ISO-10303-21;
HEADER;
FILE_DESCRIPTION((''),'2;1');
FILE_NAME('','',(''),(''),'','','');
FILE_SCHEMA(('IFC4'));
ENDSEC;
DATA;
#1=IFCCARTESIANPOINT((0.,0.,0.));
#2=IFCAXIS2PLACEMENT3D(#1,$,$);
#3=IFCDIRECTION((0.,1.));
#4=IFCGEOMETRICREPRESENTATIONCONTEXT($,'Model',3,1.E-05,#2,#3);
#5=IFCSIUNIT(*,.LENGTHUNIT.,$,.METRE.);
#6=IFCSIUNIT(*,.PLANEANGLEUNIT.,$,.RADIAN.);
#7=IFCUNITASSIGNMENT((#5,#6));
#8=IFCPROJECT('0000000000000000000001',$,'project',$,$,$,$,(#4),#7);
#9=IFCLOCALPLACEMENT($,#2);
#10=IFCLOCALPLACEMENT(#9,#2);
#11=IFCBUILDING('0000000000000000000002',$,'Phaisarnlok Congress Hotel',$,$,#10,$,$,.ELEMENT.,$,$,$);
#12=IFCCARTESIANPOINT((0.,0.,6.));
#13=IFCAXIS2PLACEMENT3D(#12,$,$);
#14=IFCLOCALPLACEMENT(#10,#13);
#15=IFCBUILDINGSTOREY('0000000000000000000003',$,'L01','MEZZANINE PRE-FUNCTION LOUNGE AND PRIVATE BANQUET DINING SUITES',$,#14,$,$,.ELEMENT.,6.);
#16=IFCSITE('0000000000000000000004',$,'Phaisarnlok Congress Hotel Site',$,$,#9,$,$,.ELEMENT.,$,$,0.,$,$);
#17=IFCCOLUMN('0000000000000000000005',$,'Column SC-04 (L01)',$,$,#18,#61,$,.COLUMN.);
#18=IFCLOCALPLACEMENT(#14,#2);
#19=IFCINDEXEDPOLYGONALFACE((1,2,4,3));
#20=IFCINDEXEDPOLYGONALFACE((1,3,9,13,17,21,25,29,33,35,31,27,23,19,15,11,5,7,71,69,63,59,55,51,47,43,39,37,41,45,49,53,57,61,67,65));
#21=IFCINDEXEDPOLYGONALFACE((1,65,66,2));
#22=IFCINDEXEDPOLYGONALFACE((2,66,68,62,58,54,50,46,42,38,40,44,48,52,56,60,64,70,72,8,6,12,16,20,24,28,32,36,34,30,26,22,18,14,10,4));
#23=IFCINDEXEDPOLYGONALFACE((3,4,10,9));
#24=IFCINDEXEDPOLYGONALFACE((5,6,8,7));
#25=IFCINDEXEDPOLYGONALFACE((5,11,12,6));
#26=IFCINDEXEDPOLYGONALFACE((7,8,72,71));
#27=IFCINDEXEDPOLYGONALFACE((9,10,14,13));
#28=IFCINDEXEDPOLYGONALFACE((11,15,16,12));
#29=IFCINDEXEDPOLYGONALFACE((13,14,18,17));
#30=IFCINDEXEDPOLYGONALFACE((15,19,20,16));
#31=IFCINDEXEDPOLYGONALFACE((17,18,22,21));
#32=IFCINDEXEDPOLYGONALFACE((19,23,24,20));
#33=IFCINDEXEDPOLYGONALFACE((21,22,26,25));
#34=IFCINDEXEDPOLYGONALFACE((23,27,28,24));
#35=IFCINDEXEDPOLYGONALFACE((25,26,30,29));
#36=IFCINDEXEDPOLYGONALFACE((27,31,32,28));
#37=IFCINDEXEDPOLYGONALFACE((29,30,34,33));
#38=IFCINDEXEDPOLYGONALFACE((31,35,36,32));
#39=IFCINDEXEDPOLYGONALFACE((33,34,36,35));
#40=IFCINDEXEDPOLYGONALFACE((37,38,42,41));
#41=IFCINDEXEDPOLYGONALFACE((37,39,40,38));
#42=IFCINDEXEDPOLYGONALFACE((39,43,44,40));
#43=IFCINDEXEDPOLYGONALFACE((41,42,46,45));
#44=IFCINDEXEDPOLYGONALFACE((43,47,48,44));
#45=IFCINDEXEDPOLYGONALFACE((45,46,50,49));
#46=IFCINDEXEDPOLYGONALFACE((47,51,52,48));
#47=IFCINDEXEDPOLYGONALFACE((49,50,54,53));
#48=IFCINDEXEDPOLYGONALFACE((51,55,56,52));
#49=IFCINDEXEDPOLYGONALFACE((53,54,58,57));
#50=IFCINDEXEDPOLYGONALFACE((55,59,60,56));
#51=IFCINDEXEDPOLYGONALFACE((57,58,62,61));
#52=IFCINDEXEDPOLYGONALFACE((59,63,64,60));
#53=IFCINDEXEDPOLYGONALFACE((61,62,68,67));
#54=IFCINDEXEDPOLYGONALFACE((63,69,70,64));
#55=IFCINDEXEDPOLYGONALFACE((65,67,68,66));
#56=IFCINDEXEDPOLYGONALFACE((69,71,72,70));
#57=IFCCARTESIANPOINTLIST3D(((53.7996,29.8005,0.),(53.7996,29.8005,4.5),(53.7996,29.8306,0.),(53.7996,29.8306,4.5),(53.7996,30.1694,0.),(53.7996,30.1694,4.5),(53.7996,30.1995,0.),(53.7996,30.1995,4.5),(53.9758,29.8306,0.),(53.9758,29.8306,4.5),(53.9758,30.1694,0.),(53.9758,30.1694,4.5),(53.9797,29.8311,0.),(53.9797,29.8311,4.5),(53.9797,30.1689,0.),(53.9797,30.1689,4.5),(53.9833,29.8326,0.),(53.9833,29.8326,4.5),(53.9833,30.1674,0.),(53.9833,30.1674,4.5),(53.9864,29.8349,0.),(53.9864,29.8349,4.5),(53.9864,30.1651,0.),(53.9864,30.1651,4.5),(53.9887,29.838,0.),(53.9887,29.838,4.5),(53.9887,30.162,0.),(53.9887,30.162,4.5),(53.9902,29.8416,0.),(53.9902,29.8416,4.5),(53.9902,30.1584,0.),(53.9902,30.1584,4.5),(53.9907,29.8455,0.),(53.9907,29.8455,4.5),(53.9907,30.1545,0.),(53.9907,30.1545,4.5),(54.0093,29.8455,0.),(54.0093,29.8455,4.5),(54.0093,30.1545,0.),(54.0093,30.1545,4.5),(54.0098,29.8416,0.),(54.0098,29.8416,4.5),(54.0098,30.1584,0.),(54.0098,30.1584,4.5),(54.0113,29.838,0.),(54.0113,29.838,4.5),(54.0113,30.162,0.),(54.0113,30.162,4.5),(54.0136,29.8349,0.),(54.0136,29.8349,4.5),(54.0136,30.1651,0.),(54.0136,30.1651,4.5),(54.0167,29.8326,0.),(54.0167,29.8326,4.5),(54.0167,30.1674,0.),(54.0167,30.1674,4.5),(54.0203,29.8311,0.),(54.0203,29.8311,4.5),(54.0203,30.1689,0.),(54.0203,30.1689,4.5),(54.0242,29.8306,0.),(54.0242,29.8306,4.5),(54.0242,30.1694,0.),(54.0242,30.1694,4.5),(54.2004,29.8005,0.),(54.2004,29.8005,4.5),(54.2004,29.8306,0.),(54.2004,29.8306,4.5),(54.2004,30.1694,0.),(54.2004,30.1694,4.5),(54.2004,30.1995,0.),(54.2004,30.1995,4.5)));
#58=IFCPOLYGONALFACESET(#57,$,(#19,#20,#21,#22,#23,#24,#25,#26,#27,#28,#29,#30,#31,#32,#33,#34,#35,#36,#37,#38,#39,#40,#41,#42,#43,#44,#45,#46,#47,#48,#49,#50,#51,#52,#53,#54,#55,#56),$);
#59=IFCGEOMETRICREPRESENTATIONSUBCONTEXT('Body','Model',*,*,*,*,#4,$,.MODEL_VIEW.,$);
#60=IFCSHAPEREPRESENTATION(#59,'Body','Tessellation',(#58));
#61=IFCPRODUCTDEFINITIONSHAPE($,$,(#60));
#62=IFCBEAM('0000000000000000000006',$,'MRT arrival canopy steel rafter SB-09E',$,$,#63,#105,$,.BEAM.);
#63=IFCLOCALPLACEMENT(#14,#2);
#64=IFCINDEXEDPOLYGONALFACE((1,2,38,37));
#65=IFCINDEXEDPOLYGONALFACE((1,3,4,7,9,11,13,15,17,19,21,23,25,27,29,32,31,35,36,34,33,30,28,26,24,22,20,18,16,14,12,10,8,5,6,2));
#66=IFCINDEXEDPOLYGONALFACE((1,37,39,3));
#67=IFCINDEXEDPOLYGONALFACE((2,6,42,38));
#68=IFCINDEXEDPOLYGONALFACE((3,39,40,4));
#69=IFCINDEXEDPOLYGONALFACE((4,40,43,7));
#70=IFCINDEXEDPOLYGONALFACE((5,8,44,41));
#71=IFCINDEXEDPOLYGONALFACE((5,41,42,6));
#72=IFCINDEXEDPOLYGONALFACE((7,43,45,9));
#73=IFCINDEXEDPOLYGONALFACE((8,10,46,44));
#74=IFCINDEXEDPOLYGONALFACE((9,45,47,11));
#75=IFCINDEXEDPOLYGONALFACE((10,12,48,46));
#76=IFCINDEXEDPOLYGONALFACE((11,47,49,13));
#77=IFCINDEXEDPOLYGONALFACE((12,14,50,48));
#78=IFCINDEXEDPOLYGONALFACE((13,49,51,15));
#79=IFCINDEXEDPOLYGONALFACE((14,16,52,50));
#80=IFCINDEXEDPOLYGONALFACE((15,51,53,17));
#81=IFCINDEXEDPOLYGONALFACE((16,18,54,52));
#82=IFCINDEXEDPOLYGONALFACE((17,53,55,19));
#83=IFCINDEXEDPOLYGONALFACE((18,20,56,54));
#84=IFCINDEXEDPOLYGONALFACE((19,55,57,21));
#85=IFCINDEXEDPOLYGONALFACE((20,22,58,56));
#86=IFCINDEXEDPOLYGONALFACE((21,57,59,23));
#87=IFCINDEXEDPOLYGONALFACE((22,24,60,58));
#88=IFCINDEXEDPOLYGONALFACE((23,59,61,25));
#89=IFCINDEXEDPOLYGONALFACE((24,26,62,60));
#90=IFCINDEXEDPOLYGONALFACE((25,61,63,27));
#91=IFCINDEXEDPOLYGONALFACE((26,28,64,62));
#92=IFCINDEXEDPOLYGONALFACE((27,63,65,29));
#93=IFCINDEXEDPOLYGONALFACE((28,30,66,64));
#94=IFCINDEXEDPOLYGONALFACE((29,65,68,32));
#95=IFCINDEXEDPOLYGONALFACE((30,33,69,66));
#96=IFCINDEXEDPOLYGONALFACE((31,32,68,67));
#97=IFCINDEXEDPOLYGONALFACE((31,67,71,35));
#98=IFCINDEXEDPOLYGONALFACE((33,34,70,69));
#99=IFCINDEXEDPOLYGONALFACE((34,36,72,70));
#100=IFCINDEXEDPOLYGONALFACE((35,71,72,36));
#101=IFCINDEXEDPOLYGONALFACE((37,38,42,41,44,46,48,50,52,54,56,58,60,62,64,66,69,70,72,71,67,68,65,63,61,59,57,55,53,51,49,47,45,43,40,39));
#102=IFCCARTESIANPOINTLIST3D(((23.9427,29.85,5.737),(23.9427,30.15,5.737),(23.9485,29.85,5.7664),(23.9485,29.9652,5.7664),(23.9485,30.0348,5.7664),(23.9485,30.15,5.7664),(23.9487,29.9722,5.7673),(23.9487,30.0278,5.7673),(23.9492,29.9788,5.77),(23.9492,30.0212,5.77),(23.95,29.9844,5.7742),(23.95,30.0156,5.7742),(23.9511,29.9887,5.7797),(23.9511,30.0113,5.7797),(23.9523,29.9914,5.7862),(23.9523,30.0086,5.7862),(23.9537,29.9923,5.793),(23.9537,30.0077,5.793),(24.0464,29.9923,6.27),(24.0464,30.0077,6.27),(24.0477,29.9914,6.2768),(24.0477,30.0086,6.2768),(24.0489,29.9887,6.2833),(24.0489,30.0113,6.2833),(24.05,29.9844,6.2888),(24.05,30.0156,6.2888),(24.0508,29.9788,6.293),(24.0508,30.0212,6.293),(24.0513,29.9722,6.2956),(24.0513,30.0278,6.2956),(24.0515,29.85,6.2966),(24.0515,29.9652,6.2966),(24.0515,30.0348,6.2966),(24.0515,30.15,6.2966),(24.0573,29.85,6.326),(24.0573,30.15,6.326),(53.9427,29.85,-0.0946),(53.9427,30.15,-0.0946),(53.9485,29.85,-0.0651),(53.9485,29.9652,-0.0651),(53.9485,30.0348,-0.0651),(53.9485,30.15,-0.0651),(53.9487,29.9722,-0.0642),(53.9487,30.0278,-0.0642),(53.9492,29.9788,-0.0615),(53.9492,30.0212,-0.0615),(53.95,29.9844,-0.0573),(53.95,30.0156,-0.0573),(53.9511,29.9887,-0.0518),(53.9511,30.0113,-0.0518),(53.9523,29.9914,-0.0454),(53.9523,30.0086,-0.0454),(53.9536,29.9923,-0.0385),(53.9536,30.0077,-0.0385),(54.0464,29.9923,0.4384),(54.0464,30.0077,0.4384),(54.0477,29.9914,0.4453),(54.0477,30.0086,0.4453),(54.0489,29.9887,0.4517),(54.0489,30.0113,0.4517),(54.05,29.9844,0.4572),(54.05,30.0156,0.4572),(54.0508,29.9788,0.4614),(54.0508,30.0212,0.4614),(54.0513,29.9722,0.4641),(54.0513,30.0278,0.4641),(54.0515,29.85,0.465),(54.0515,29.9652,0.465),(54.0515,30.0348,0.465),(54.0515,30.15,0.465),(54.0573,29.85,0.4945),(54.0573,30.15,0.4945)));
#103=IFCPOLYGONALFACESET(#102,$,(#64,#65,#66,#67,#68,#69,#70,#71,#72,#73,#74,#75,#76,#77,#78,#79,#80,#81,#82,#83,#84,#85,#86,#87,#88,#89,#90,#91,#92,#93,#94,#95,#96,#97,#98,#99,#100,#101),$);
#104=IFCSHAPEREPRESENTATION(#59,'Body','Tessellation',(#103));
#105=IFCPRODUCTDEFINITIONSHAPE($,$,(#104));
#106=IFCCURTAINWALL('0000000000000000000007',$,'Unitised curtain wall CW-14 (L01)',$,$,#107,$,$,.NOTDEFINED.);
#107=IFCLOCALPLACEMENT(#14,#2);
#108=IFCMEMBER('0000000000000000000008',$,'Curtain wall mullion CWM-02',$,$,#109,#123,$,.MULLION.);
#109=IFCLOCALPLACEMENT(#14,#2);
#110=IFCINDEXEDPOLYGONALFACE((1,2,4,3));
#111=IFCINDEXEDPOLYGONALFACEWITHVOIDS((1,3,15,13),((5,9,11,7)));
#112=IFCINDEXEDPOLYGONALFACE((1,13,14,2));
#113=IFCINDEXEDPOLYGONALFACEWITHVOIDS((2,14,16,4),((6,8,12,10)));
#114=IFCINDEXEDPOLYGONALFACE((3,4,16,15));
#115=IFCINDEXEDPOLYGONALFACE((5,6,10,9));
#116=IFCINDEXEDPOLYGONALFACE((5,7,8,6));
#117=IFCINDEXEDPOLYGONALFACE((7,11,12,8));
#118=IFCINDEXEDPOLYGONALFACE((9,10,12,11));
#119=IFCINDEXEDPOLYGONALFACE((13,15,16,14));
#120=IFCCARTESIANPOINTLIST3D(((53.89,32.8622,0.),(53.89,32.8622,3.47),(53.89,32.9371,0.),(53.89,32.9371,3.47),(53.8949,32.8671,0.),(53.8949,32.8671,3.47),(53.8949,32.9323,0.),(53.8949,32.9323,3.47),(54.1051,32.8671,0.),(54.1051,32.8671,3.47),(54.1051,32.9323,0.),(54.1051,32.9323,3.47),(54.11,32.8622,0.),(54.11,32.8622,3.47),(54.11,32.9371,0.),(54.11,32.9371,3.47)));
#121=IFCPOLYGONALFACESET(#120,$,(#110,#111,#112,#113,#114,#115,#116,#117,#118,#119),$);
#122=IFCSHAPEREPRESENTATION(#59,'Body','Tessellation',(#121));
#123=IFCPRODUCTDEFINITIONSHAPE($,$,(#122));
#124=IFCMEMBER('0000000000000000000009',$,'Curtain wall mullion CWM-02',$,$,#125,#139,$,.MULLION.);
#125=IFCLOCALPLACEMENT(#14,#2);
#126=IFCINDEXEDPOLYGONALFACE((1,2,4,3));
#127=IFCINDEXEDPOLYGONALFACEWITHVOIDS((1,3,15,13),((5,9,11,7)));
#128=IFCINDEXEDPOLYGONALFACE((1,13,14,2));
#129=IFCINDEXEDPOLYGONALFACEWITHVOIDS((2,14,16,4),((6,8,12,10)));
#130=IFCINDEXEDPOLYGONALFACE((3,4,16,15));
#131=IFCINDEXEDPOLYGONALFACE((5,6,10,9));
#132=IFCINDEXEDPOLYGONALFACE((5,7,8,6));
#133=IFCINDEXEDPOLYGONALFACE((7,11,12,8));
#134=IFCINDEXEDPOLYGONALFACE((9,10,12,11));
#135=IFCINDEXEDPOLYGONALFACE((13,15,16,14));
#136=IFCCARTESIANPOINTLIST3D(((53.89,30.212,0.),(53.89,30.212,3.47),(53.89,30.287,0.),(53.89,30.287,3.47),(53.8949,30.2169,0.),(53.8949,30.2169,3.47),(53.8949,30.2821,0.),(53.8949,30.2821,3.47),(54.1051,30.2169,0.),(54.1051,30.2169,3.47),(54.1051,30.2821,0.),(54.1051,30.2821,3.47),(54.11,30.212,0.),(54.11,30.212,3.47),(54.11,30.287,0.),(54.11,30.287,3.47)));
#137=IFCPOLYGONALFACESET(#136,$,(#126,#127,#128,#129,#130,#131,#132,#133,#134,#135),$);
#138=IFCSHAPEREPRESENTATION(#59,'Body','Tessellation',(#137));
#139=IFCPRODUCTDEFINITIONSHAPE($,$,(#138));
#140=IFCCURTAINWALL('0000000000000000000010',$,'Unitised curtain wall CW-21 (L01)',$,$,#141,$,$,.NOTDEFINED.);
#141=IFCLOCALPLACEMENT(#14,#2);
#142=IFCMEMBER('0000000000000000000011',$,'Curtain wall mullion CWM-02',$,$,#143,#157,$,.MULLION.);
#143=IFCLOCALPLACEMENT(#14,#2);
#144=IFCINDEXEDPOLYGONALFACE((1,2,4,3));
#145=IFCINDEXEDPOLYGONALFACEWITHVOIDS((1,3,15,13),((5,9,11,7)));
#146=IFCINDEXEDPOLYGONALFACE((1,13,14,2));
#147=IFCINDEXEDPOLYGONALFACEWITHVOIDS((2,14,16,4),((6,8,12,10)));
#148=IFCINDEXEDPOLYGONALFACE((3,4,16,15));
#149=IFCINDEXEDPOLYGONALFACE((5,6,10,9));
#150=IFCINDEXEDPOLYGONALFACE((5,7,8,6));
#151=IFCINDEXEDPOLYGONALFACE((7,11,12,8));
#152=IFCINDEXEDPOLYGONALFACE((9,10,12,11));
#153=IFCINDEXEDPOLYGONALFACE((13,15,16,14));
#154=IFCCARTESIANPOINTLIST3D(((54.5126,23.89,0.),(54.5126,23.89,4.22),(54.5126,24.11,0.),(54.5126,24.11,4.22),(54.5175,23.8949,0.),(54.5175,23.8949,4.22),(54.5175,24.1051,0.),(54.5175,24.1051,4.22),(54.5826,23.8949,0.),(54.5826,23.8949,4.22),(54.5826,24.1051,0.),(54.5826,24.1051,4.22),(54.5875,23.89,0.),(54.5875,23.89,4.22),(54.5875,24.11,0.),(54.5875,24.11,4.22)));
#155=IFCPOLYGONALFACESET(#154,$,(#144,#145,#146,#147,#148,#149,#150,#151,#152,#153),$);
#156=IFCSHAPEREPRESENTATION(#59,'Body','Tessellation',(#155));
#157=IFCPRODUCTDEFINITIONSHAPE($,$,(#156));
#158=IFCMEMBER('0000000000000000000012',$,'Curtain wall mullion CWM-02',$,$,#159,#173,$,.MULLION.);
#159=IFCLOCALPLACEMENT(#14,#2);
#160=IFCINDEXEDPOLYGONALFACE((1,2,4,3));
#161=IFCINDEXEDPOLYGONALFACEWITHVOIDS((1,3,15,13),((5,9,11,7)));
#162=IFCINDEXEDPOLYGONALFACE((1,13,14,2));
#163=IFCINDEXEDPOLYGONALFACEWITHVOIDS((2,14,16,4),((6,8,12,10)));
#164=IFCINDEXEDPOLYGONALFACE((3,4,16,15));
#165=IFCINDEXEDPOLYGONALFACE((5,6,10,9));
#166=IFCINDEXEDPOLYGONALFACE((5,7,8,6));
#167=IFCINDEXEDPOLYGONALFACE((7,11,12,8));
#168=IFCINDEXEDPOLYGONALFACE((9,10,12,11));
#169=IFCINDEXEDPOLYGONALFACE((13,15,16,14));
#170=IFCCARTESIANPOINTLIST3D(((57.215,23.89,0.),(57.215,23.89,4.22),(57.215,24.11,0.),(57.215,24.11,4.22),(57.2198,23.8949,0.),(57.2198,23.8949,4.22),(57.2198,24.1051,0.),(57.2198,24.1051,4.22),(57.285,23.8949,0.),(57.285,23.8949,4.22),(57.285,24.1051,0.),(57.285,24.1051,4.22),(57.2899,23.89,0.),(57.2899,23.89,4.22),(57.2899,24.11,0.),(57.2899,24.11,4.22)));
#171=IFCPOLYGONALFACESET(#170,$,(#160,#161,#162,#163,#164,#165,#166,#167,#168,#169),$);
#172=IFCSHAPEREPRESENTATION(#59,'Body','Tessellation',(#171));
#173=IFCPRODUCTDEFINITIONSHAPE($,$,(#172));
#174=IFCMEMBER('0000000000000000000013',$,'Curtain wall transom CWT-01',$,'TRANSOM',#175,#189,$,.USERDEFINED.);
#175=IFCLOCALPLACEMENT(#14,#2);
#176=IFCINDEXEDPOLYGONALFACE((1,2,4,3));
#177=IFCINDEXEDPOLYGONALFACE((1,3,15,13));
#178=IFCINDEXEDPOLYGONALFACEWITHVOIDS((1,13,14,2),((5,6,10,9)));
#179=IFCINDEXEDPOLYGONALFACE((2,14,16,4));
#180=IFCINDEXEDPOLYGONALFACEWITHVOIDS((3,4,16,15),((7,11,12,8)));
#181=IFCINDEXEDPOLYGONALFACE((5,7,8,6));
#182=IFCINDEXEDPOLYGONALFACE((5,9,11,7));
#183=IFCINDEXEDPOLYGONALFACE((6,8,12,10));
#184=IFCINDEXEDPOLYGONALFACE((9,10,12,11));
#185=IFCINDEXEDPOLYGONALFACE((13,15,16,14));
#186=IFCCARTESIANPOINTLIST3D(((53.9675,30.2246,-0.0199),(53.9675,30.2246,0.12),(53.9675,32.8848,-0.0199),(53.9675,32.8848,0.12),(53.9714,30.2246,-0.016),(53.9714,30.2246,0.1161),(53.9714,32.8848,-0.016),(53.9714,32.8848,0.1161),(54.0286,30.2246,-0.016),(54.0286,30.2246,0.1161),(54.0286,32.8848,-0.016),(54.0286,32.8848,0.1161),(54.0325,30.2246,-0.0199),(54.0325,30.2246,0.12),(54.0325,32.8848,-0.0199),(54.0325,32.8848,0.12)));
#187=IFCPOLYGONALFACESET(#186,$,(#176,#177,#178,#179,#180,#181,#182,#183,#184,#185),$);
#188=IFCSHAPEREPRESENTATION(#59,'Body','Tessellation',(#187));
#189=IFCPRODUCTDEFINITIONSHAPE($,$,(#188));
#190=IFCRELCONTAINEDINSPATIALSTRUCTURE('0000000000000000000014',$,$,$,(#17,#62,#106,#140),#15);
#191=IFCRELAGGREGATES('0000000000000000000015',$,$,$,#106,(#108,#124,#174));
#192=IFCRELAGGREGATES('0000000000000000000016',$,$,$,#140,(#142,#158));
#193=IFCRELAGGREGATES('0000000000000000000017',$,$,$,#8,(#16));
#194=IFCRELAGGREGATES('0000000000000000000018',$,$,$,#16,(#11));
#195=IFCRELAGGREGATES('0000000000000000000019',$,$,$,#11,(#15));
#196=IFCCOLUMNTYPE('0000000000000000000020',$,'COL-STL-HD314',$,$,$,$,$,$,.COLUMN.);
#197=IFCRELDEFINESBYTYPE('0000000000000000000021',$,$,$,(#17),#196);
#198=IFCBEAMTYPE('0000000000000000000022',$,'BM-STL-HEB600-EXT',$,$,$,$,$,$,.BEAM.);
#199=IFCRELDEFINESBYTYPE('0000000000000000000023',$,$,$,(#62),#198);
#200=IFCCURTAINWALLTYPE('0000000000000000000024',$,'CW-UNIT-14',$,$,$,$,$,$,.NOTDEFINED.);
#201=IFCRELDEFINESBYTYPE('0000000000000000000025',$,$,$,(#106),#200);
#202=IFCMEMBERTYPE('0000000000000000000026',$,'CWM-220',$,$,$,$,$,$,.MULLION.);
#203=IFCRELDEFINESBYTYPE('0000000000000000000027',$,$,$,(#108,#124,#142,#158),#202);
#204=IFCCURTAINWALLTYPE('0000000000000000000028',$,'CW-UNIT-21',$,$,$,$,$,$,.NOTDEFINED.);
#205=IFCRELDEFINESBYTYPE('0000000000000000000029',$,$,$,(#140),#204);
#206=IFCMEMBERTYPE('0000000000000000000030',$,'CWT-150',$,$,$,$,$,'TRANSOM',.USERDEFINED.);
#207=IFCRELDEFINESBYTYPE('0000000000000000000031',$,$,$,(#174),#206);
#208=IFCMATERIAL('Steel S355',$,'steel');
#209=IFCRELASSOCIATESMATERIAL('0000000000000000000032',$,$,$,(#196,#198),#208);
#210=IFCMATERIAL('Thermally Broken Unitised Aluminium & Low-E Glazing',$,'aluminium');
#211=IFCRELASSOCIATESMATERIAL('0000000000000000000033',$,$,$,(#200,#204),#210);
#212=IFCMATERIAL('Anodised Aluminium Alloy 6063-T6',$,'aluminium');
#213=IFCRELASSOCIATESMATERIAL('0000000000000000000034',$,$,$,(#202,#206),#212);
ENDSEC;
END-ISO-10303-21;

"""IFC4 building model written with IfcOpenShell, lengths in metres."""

from ifc_helpers import new_model, si_unit, direction, frame, origin, origin_2d, place, context, subcontext, project, spatial, hollow_rectangle, i_section, extrude, material, material_profile, profile_set, type_object, element, aggregate, save


model = new_model("IFC4")

# Units and contexts
model_context = context("Model", 3, precision=1e-05, world=origin(), true_north=direction((0.0, 1.0)))
body_context = subcontext(model_context, "Body", "Model", "MODEL_VIEW")
ifc_project = project(units=[si_unit("LENGTHUNIT", "METRE"), si_unit("PLANEANGLEUNIT", "RADIAN")], contexts=[model_context])

# Site, building, storey
site_placement = place(None, origin())
site = spatial("IfcSite", under=ifc_project, at=site_placement, Name="Phaisarnlok Congress Hotel Site", CompositionType="ELEMENT", RefElevation=0.0)
building_placement = place(site_placement, origin())
building = spatial("IfcBuilding", under=site, at=building_placement, Name="Phaisarnlok Congress Hotel", CompositionType="ELEMENT")
storey_placement = place(building_placement, frame((0.0, 0.0, 6.0)))
storey = spatial("IfcBuildingStorey", under=building, at=storey_placement, Name="L01", Description="MEZZANINE PRE-FUNCTION LOUNGE AND PRIVATE BANQUET DINING SUITES", CompositionType="ELEMENT", Elevation=6.0)

# Column
ifc_material_1 = material(Name="Steel S355", Category="steel")
ifc_material_profile_1 = material_profile(ifc_material_1, i_section(OverallWidth=0.4009, OverallDepth=0.3989, WebThickness=0.0186, FlangeThickness=0.03, FilletRadius=0.0149, at=origin_2d()), Name="HD 400x314")
ifc_profile_set_1 = profile_set([ifc_material_profile_1], Name="Steel S355")
column_type = type_object("IfcColumnType", Name="COL-STL-HD314", PredefinedType="COLUMN", material=ifc_profile_set_1)
column_placement = place(storey_placement, frame((54.0, 30.0, 0.0), z_axis=(0.0, 0.0, 1.0), x_axis=(1.0, 0.0, 0.0)))
element("IfcColumn", 1, at=column_placement, inside=storey, type_object=column_type, Name="Column SC-04 (L01)", PredefinedType="COLUMN", context=body_context, shape_type="SweptSolid", body=[
    extrude(i_section(OverallWidth=0.4009, OverallDepth=0.3989, WebThickness=0.0186, FlangeThickness=0.03, FilletRadius=0.0149, at=origin_2d()), origin(), (0.0, 0.0, 1.0), 4.5),
])

# Beam
ifc_material_profile_2 = material_profile(ifc_material_1, i_section(OverallWidth=0.3, OverallDepth=0.6001, WebThickness=0.0154, FlangeThickness=0.03, FilletRadius=0.0271, at=origin_2d()), Name="HEB 600")
ifc_profile_set_2 = profile_set([ifc_material_profile_2], Name="Steel S355")
beam_type_1 = type_object("IfcBeamType", Name="BM-STL-HEB600-EXT", PredefinedType="BEAM", material=ifc_profile_set_2)
beam_1_placement = place(storey_placement, frame((54.0, 30.0, 0.2), z_axis=(-0.981626, 0.0, 0.190813), x_axis=(0.0, -1.0, 0.0)))
element("IfcBeam", 2, at=beam_1_placement, inside=storey, type_object=beam_type_1, Name="MRT arrival canopy steel rafter SB-09E", PredefinedType="BEAM", context=body_context, shape_type="SweptSolid", body=[
    extrude(i_section(OverallWidth=0.3, OverallDepth=0.6001, WebThickness=0.0154, FlangeThickness=0.03, FilletRadius=0.0271, at=origin_2d()), origin(), (0.0, 0.0, 1.0), 30.5615),
])

# Curtain walls, members
ifc_material_2 = material(Name="Thermally Broken Unitised Aluminium & Low-E Glazing", Category="aluminium")
curtain_wall_type_1 = type_object("IfcCurtainWallType", Name="CW-UNIT-14", PredefinedType="NOTDEFINED", material=ifc_material_2)
curtain_wall_1_placement = place(storey_placement, origin())
curtain_wall_1 = element("IfcCurtainWall", 3, at=curtain_wall_1_placement, inside=storey, type_object=curtain_wall_type_1, Name="Unitised curtain wall CW-14 (L01)", PredefinedType="NOTDEFINED")
ifc_material_3 = material(Name="Anodised Aluminium Alloy 6063-T6", Category="aluminium")
ifc_material_profile_3 = material_profile(ifc_material_3, hollow_rectangle(XDim=0.075, YDim=0.22, WallThickness=0.0049, at=origin_2d()), Name="ALU-M 75x220x5")
ifc_profile_set_3 = profile_set([ifc_material_profile_3], Name="Anodised Aluminium Alloy 6063-T6")
member_type_1 = type_object("IfcMemberType", Name="CWM-220", PredefinedType="MULLION", material=ifc_profile_set_3)
member_1_placement = place(storey_placement, frame((54.0, 32.8997, 0.0), z_axis=(0.0, 0.0, 1.0), x_axis=(0.0, -1.0, 0.0)))
member_1 = element("IfcMember", 4, at=member_1_placement, type_object=member_type_1, Name="Curtain wall mullion CWM-02", PredefinedType="MULLION", context=body_context, shape_type="SweptSolid", body=[
    extrude(hollow_rectangle(XDim=0.075, YDim=0.22, WallThickness=0.0049, at=origin_2d()), origin(), (0.0, 0.0, 1.0), 3.47),
])
member_2_placement = place(storey_placement, frame((54.0, 30.2495, 0.0), z_axis=(0.0, 0.0, 1.0), x_axis=(0.0, -1.0, 0.0)))
member_2 = element("IfcMember", 5, at=member_2_placement, type_object=member_type_1, Name="Curtain wall mullion CWM-02", PredefinedType="MULLION", context=body_context, shape_type="SweptSolid", body=[
    extrude(hollow_rectangle(XDim=0.075, YDim=0.22, WallThickness=0.0049, at=origin_2d()), origin(), (0.0, 0.0, 1.0), 3.47),
])
curtain_wall_type_2 = type_object("IfcCurtainWallType", Name="CW-UNIT-21", PredefinedType="NOTDEFINED", material=ifc_material_2)
curtain_wall_2_placement = place(storey_placement, origin())
curtain_wall_2 = element("IfcCurtainWall", 6, at=curtain_wall_2_placement, inside=storey, type_object=curtain_wall_type_2, Name="Unitised curtain wall CW-21 (L01)", PredefinedType="NOTDEFINED")
member_3_placement = place(storey_placement, frame((54.55, 24.0, 0.0), z_axis=(0.0, 0.0, 1.0), x_axis=(1.0, 0.0, 0.0)))
member_3 = element("IfcMember", 7, at=member_3_placement, type_object=member_type_1, Name="Curtain wall mullion CWM-02", PredefinedType="MULLION", context=body_context, shape_type="SweptSolid", body=[
    extrude(hollow_rectangle(XDim=0.075, YDim=0.22, WallThickness=0.0049, at=origin_2d()), origin(), (0.0, 0.0, 1.0), 4.22),
])
member_4_placement = place(storey_placement, frame((57.2524, 24.0, 0.0), z_axis=(0.0, 0.0, 1.0), x_axis=(1.0, 0.0, 0.0)))
member_4 = element("IfcMember", 8, at=member_4_placement, type_object=member_type_1, Name="Curtain wall mullion CWM-02", PredefinedType="MULLION", context=body_context, shape_type="SweptSolid", body=[
    extrude(hollow_rectangle(XDim=0.075, YDim=0.22, WallThickness=0.0049, at=origin_2d()), origin(), (0.0, 0.0, 1.0), 4.22),
])

# Member
ifc_material_profile_4 = material_profile(ifc_material_3, hollow_rectangle(XDim=0.0649, YDim=0.1399, WallThickness=0.0039, at=origin_2d()), Name="ALU-T 65x140x4")
ifc_profile_set_4 = profile_set([ifc_material_profile_4], Name="Anodised Aluminium Alloy 6063-T6")
member_type_2 = type_object("IfcMemberType", Name="CWT-150", ElementType="TRANSOM", PredefinedType="USERDEFINED", material=ifc_profile_set_4)
member_5_placement = place(storey_placement, frame((54.0, 32.8848, 0.05), z_axis=(0.0, -1.0, 0.0), x_axis=(1.0, 0.0, 0.0)))
member_5 = element("IfcMember", 9, at=member_5_placement, type_object=member_type_2, Name="Curtain wall transom CWT-01", ObjectType="TRANSOM", PredefinedType="USERDEFINED", context=body_context, shape_type="SweptSolid", body=[
    extrude(hollow_rectangle(XDim=0.0649, YDim=0.1399, WallThickness=0.0039, at=origin_2d()), origin(), (0.0, 0.0, 1.0), 2.6602),
])

aggregate(curtain_wall_1, [member_1, member_2, member_5])
aggregate(curtain_wall_2, [member_3, member_4])

save(model, "model.ifc")
